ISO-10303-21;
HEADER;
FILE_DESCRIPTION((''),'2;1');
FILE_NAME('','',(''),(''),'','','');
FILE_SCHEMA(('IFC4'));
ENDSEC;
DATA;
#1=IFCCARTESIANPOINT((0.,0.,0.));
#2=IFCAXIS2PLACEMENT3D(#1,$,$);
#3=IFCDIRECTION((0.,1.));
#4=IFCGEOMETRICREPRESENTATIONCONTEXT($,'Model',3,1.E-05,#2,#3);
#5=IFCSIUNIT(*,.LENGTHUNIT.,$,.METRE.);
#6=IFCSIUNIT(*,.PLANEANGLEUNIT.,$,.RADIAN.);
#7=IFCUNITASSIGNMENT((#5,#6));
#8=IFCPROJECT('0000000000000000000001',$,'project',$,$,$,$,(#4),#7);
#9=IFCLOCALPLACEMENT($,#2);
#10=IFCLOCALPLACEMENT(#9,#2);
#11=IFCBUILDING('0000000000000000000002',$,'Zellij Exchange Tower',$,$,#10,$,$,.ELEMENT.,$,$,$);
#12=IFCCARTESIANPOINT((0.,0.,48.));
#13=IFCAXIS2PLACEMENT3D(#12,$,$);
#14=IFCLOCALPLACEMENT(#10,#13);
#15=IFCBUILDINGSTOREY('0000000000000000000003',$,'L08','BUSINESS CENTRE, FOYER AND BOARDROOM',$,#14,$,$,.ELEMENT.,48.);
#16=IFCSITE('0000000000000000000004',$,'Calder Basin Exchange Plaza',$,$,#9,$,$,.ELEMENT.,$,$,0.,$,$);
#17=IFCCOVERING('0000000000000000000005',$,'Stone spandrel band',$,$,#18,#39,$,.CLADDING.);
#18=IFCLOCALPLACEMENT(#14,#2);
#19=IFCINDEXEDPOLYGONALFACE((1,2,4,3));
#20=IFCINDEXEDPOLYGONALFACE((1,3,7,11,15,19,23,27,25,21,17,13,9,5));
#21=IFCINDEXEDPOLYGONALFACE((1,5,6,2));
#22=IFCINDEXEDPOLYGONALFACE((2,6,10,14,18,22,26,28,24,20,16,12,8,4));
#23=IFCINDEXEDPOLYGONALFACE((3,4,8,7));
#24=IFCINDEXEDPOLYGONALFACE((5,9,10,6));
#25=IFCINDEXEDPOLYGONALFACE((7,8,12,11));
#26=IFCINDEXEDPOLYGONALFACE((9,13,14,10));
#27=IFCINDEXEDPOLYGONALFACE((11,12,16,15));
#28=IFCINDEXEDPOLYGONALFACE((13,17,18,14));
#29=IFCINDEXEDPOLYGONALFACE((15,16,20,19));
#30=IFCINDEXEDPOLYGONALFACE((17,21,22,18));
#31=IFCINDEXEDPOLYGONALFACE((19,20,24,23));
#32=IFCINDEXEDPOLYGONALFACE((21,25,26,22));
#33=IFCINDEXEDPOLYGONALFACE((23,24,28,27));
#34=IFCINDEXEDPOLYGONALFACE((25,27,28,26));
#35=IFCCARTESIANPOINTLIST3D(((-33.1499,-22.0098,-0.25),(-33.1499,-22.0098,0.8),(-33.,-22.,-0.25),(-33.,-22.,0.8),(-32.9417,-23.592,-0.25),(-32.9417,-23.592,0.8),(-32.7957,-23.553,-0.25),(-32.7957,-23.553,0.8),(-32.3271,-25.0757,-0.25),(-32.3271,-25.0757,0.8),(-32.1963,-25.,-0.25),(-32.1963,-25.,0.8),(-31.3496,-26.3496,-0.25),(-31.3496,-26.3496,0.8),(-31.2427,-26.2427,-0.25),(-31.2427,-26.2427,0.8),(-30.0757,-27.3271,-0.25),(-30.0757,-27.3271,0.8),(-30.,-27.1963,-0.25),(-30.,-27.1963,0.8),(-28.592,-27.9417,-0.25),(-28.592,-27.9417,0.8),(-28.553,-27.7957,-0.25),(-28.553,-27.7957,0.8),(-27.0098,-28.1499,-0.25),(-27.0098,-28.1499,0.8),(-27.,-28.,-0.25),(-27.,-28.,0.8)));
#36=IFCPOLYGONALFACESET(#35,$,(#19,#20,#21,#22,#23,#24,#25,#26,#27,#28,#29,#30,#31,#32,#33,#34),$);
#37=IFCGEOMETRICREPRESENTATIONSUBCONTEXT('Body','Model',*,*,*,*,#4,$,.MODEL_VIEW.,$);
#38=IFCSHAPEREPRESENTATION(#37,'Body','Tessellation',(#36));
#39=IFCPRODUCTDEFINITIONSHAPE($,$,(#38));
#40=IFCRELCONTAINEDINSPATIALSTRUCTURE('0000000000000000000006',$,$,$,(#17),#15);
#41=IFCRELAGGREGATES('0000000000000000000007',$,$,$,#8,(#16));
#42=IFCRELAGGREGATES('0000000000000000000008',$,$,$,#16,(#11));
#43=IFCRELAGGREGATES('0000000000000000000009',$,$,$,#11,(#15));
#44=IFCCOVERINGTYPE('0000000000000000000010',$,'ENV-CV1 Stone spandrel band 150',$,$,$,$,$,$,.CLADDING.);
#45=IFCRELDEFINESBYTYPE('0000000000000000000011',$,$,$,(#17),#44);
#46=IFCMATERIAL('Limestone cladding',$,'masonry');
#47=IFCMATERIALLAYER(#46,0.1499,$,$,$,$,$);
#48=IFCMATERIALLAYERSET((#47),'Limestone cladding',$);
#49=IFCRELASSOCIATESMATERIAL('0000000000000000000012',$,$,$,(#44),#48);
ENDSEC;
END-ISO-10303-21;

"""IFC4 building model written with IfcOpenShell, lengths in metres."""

from ifc_helpers import new_model, si_unit, direction, frame, origin, place, context, subcontext, project, spatial, polyline, outline, extrude, material, layer, layer_set, type_object, element, save


model = new_model("IFC4")

# Units and contexts
model_context = context("Model", 3, precision=1e-05, world=origin(), true_north=direction((0.0, 1.0)))
body_context = subcontext(model_context, "Body", "Model", "MODEL_VIEW")
ifc_project = project(units=[si_unit("LENGTHUNIT", "METRE"), si_unit("PLANEANGLEUNIT", "RADIAN")], contexts=[model_context])

# Site, building, storey
site_placement = place(None, origin())
site = spatial("IfcSite", under=ifc_project, at=site_placement, Name="Calder Basin Exchange Plaza", CompositionType="ELEMENT", RefElevation=0.0)
building_placement = place(site_placement, origin())
building = spatial("IfcBuilding", under=site, at=building_placement, Name="Zellij Exchange Tower", CompositionType="ELEMENT")
storey_placement = place(building_placement, frame((0.0, 0.0, 48.0)))
storey = spatial("IfcBuildingStorey", under=building, at=storey_placement, Name="L08", Description="BUSINESS CENTRE, FOYER AND BOARDROOM", CompositionType="ELEMENT", Elevation=48.0)

# Covering
ifc_material_1 = material(Name="Limestone cladding", Category="masonry")
ifc_layer_1 = layer(ifc_material_1, 0.1499)
ifc_layer_set_1 = layer_set([ifc_layer_1], Name="Limestone cladding")
covering_type = type_object("IfcCoveringType", Name="ENV-CV1 Stone spandrel band 150", PredefinedType="CLADDING", material=ifc_layer_set_1)
covering_1_placement = place(storey_placement, frame((0.0, 0.0, -0.25)))
element("IfcCovering", 1, at=covering_1_placement, inside=storey, type_object=covering_type, Name="Stone spandrel band", PredefinedType="CLADDING", context=body_context, shape_type="SweptSolid", body=[
    extrude(outline(polyline([(-33.0, -22.0), (-32.7957, -23.553), (-32.1963, -25.0), (-31.2427, -26.2427), (-30.0, -27.1963), (-28.553, -27.7957), (-27.0, -28.0), (-27.0098, -28.1499), (-28.592, -27.9417), (-30.0757, -27.3271), (-31.3496, -26.3496), (-32.3271, -25.0757), (-32.9417, -23.592), (-33.1499, -22.0098), (-33.0, -22.0)])), origin(), (0.0, 0.0, 1.0), 1.05),
])

save(model, "model.ifc")
